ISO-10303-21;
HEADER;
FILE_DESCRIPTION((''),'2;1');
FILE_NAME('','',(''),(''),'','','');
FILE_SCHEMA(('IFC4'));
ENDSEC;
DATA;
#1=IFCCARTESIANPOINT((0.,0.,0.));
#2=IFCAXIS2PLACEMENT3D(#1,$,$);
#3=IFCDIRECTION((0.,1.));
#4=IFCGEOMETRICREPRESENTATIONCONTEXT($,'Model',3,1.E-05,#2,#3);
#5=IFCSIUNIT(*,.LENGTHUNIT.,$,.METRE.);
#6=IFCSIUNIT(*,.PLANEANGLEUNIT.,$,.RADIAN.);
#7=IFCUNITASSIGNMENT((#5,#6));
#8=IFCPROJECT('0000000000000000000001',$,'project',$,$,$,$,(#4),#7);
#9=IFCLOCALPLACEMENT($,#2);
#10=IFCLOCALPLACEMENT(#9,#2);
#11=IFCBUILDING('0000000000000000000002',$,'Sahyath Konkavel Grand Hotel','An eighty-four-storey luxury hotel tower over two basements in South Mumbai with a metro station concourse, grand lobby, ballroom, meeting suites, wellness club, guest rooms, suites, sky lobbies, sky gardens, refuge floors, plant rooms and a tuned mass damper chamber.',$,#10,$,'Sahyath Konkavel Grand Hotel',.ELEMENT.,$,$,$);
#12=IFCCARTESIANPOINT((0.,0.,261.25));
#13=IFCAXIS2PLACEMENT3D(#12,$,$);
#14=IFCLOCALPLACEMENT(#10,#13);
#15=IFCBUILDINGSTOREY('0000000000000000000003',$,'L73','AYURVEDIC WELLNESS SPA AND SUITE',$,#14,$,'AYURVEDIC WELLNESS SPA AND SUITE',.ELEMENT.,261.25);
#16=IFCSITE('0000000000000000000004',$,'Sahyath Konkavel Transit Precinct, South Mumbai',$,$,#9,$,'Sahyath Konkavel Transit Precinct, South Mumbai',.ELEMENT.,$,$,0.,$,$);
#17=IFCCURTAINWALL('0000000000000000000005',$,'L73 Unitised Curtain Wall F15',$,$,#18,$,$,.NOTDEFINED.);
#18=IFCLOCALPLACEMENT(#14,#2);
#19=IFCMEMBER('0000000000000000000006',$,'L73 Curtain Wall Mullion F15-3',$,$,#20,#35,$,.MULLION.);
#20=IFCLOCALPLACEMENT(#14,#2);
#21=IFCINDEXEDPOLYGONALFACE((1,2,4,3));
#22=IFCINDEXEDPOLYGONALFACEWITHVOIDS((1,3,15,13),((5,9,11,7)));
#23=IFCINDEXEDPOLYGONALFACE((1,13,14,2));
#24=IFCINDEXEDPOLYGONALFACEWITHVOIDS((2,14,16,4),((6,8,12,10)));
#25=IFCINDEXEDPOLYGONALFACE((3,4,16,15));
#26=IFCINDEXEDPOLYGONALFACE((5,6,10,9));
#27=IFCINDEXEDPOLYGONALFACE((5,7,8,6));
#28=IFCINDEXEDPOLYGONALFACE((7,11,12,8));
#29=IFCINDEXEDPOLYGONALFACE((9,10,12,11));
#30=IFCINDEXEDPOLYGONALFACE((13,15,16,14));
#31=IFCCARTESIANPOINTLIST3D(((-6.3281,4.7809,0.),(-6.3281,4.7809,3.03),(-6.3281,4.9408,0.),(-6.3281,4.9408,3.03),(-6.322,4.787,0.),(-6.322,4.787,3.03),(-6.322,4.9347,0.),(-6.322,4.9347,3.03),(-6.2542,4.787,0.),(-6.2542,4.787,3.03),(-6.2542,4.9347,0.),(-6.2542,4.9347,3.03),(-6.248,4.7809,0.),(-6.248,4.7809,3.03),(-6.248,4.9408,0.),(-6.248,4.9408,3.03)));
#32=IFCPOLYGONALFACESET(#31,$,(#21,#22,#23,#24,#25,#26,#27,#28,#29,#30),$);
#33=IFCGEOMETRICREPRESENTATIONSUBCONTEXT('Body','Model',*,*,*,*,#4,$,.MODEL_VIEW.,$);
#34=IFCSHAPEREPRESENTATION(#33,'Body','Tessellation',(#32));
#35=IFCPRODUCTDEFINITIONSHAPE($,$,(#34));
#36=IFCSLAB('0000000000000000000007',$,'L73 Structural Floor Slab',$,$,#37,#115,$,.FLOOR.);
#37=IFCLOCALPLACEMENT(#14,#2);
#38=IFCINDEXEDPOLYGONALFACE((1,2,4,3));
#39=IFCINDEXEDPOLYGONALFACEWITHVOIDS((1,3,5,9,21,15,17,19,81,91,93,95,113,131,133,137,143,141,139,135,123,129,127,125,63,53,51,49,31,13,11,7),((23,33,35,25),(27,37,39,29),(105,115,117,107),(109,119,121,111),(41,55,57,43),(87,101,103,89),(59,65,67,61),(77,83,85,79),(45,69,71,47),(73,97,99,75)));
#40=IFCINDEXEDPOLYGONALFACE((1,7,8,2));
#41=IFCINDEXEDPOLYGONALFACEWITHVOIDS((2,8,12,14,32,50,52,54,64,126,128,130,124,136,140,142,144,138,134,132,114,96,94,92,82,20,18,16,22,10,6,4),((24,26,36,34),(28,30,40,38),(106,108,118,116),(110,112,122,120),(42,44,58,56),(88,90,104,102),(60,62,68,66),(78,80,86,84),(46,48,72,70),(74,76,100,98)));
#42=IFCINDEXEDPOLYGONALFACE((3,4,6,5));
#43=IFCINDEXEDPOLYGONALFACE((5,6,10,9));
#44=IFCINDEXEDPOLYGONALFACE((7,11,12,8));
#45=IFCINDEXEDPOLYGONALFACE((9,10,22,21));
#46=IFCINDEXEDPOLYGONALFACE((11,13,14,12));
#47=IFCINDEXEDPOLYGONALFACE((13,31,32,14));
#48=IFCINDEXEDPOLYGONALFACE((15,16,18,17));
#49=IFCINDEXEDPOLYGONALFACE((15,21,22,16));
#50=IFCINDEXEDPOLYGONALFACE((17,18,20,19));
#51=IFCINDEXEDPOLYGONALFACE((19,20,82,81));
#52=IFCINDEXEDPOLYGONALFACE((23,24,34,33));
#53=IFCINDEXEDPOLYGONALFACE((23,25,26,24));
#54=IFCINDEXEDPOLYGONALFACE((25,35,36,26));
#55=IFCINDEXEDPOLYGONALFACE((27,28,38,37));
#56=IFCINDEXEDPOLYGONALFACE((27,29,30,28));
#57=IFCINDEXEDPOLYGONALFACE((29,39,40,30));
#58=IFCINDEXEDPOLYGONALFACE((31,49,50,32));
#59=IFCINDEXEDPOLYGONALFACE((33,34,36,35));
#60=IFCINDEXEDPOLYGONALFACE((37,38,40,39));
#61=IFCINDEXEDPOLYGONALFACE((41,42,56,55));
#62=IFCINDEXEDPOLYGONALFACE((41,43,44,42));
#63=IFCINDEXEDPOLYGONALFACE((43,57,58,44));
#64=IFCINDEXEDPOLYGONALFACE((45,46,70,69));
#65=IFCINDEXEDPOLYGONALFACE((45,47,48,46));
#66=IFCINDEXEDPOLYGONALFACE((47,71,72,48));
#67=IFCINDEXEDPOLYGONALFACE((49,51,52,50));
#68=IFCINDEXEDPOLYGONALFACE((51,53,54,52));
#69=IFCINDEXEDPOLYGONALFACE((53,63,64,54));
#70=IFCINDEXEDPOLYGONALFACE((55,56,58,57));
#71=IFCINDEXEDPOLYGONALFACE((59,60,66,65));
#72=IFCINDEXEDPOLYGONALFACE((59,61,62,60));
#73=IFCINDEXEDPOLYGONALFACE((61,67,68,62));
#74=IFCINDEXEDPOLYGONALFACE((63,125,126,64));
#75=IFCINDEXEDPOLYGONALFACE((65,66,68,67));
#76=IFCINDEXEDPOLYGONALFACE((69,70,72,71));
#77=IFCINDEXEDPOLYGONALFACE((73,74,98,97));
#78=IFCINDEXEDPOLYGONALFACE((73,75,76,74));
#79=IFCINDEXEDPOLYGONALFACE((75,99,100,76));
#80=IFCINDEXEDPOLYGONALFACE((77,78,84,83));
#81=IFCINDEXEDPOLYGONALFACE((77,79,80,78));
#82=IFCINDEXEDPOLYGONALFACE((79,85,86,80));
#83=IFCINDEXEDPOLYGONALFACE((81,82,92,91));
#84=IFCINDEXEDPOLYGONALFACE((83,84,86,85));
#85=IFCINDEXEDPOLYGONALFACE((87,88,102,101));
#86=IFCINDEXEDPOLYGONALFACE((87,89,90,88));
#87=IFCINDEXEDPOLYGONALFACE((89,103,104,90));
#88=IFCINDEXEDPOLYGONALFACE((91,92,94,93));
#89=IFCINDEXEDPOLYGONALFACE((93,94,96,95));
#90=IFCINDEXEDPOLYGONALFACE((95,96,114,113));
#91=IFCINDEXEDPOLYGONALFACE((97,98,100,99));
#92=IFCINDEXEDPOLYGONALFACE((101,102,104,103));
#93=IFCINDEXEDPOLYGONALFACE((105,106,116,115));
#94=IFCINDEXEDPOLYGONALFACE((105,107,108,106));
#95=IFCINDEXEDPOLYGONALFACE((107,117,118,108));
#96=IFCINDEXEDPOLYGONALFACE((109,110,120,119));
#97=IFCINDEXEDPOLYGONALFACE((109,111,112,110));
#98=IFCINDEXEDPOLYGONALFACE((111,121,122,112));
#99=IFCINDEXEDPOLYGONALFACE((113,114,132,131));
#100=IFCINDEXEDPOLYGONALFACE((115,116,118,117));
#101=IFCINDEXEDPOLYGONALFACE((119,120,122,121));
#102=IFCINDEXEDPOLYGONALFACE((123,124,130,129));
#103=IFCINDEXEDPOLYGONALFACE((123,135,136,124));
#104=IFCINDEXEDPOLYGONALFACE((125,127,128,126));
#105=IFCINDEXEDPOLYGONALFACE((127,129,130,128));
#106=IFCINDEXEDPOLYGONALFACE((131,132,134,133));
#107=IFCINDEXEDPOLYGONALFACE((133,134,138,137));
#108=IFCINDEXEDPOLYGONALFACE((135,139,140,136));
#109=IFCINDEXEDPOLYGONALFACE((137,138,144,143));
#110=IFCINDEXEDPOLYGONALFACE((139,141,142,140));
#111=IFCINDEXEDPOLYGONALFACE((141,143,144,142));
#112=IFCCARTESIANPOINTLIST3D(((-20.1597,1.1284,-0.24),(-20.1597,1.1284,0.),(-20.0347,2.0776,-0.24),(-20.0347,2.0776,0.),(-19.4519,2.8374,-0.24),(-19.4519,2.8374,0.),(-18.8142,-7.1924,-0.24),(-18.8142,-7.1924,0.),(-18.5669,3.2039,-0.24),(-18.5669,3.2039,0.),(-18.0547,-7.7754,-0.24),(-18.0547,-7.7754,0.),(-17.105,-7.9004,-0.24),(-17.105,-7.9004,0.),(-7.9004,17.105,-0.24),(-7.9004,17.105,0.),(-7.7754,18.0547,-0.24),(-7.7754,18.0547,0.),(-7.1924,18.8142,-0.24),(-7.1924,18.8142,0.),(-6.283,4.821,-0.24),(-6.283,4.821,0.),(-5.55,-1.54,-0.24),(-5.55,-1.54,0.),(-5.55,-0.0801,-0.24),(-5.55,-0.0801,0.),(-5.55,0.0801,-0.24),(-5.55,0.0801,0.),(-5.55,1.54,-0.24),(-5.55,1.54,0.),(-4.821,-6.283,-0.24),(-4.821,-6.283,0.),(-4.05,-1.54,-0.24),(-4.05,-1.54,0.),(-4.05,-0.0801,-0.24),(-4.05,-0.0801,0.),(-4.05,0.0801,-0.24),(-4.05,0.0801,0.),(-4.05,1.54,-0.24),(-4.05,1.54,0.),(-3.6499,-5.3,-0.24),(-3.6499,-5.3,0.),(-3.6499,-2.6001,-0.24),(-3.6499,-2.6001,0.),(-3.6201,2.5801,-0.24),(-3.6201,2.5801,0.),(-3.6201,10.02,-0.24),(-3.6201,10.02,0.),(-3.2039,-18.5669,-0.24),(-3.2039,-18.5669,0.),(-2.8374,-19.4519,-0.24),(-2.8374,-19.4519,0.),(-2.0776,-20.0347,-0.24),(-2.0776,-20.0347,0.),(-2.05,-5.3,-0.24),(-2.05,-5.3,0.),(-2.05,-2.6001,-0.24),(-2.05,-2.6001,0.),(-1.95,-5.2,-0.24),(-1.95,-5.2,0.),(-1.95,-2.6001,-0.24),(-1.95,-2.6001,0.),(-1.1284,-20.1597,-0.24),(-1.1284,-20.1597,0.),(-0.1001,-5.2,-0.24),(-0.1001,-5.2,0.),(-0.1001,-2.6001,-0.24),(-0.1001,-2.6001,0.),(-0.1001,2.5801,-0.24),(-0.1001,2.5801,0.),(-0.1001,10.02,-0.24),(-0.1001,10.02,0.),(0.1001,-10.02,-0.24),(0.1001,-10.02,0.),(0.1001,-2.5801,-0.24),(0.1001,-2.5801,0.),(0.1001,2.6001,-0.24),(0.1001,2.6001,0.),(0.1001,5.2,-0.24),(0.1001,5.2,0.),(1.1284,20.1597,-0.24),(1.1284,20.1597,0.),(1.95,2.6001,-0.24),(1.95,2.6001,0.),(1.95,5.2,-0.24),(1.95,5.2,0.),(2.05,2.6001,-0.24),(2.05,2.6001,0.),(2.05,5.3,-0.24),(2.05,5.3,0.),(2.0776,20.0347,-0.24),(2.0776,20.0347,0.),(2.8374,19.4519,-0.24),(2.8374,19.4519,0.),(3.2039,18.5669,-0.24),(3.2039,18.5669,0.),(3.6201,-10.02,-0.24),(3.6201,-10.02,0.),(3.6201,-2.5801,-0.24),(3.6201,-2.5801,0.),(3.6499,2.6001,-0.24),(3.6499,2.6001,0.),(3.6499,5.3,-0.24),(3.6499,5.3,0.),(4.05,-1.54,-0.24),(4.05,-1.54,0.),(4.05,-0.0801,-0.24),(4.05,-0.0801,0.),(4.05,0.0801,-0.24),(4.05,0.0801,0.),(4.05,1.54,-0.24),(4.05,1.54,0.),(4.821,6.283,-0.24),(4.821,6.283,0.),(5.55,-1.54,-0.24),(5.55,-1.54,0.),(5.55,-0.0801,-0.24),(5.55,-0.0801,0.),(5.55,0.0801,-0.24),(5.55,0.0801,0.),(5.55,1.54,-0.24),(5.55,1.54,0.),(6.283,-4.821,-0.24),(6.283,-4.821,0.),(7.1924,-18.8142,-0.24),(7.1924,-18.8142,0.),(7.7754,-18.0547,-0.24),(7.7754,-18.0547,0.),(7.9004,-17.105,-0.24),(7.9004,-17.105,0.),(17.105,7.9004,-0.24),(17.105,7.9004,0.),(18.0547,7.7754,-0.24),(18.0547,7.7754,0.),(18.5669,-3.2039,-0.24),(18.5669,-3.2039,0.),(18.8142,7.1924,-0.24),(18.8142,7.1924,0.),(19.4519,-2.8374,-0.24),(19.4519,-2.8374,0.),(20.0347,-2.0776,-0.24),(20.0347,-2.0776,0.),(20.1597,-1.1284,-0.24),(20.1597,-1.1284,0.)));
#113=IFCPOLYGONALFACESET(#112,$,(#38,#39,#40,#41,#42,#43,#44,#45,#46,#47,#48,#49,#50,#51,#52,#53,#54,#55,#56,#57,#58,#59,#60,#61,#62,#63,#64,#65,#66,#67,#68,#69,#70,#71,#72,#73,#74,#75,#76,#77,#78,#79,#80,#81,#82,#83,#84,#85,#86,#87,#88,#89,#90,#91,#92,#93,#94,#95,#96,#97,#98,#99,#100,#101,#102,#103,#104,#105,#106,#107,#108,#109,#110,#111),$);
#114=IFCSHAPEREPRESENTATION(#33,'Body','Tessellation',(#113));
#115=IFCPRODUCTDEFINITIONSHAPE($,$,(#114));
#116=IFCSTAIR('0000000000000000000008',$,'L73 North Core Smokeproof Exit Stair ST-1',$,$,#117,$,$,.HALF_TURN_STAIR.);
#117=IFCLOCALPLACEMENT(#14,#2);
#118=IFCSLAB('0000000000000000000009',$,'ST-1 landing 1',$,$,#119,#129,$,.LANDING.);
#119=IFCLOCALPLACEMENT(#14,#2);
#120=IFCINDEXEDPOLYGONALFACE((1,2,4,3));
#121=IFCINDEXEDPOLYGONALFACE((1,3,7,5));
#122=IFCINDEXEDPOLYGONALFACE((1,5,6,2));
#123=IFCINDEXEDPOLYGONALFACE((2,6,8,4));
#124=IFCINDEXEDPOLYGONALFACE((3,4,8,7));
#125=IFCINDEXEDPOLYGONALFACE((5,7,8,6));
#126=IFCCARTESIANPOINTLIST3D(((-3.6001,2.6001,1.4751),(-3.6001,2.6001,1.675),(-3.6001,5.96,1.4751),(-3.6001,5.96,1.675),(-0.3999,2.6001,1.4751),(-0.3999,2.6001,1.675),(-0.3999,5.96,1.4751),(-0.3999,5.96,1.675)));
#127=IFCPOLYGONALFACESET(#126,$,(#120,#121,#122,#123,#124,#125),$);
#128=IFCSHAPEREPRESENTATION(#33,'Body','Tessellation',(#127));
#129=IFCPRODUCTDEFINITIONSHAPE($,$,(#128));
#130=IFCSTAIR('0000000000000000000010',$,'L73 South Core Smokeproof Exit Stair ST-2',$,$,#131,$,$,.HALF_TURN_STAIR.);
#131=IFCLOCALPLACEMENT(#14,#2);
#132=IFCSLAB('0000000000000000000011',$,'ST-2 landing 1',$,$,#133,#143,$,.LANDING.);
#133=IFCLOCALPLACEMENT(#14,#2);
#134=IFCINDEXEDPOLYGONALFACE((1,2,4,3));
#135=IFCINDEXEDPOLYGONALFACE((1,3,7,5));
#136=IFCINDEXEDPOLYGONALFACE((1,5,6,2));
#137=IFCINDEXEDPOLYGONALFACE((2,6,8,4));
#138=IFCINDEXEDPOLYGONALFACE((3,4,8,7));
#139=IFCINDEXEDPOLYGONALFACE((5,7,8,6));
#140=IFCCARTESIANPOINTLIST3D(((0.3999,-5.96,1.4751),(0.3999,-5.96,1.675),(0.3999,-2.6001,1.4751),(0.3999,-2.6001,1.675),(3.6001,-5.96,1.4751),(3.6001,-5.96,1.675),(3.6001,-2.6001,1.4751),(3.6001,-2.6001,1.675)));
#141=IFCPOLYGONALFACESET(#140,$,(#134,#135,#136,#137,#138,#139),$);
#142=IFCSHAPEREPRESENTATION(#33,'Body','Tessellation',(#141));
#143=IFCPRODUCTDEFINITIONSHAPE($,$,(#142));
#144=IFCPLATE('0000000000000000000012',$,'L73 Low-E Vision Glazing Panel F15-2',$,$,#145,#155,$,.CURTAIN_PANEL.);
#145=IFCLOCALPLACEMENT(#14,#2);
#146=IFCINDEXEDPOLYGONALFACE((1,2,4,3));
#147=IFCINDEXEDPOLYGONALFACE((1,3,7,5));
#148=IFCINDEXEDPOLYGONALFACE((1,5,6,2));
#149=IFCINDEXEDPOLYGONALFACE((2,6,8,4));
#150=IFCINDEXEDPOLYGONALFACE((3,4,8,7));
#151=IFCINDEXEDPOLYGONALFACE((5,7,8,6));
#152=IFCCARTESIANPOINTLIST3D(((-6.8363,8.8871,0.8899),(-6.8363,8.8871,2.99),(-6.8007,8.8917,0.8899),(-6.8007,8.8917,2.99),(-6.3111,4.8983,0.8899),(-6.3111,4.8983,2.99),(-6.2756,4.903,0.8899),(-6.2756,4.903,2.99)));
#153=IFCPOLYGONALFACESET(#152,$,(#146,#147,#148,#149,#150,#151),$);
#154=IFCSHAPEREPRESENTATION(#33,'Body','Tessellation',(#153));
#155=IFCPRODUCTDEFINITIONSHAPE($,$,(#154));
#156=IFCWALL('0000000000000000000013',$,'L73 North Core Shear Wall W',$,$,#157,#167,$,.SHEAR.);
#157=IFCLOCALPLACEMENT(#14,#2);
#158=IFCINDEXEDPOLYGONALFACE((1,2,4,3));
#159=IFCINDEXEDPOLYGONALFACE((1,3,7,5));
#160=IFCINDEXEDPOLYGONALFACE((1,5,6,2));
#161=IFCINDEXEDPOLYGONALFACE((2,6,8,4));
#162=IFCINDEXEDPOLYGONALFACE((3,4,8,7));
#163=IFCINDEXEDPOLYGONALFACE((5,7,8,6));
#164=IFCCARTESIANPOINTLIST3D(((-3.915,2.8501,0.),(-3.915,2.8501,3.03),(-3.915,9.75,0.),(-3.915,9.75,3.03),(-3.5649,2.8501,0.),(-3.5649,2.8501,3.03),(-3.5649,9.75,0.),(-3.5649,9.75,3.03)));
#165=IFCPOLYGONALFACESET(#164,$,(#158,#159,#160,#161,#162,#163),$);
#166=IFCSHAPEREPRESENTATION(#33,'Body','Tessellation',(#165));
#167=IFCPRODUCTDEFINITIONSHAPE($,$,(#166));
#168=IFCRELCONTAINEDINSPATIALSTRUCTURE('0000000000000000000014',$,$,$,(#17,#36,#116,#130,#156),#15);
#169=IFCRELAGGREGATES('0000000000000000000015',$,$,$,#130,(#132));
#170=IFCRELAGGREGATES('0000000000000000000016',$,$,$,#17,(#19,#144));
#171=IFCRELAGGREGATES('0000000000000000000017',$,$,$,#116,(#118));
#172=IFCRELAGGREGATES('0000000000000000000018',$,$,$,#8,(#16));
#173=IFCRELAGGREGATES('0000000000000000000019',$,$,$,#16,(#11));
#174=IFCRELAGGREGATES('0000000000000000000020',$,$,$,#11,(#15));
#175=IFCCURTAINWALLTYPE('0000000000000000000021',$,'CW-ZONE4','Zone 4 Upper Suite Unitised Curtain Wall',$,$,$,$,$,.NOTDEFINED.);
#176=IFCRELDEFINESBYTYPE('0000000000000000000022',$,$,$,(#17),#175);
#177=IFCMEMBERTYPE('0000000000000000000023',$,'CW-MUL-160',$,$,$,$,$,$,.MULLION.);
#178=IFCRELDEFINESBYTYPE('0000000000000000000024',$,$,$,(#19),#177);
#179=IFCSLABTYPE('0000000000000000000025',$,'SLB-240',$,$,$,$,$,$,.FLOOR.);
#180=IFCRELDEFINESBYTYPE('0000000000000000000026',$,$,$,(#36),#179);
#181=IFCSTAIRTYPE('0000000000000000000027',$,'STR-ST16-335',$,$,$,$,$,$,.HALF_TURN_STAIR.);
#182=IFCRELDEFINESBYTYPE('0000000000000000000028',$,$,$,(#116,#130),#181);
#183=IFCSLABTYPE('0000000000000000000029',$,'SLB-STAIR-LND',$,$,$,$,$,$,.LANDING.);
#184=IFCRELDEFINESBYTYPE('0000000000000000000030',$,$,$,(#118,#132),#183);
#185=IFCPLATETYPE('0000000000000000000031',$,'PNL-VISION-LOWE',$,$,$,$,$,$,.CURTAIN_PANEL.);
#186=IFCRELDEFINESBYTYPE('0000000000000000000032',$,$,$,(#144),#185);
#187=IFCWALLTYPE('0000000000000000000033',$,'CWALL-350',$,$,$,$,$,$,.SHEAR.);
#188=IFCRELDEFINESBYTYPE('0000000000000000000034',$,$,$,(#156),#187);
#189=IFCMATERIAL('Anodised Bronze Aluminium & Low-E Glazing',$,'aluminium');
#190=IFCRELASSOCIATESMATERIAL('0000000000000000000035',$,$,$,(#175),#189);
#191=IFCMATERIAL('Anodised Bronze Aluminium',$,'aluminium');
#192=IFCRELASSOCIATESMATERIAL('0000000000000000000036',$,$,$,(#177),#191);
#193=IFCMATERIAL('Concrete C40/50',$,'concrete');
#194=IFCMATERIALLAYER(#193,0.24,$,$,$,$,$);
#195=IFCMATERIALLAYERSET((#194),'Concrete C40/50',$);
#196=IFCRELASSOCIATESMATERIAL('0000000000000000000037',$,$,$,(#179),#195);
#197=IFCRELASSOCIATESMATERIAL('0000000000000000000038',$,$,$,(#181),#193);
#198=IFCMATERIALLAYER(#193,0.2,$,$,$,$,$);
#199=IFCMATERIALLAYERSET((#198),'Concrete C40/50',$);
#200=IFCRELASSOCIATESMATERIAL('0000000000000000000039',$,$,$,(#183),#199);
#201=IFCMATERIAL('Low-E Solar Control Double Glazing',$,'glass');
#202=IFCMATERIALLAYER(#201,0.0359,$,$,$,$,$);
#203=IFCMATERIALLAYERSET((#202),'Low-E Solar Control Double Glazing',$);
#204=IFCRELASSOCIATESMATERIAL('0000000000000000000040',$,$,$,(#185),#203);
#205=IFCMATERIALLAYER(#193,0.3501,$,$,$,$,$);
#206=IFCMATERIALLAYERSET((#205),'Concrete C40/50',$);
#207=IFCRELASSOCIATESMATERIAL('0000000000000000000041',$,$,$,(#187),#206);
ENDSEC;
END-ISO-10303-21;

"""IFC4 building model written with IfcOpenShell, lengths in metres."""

from ifc_helpers import new_model, si_unit, direction, frame, frame_2d, origin, origin_2d, place, context, subcontext, project, spatial, polyline, rectangle, hollow_rectangle, outline, extrude, source, transform, mapped, material, layer, layer_set, material_profile, profile_set, type_object, element, aggregate, save


model = new_model("IFC4")

# Units and contexts
model_context = context("Model", 3, precision=1e-05, world=origin(), true_north=direction((0.0, 1.0)))
body_context = subcontext(model_context, "Body", "Model", "MODEL_VIEW")
ifc_project = project(units=[si_unit("LENGTHUNIT", "METRE"), si_unit("PLANEANGLEUNIT", "RADIAN")], contexts=[model_context])

# Site, building, storey
site_placement = place(None, origin())
site = spatial("IfcSite", under=ifc_project, at=site_placement, Name="Sahyath Konkavel Transit Precinct, South Mumbai", LongName="Sahyath Konkavel Transit Precinct, South Mumbai", CompositionType="ELEMENT", RefElevation=0.0)
building_placement = place(site_placement, origin())
building = spatial("IfcBuilding", under=site, at=building_placement, Name="Sahyath Konkavel Grand Hotel", Description="An eighty-four-storey luxury hotel tower over two basements in South Mumbai with a metro station concourse, grand lobby, ballroom, meeting suites, wellness club, guest rooms, suites, sky lobbies, sky gardens, refuge floors, plant rooms and a tuned mass damper chamber.", LongName="Sahyath Konkavel Grand Hotel", CompositionType="ELEMENT")
storey_placement = place(building_placement, frame((0.0, 0.0, 261.25)))
storey = spatial("IfcBuildingStorey", under=building, at=storey_placement, Name="L73", Description="AYURVEDIC WELLNESS SPA AND SUITE", LongName="AYURVEDIC WELLNESS SPA AND SUITE", CompositionType="ELEMENT", Elevation=261.25)

# Shared definitions
ifc_material_1 = material(Name="Concrete C40/50", Category="concrete")

# Curtain wall, member
ifc_material_2 = material(Name="Anodised Bronze Aluminium & Low-E Glazing", Category="aluminium")
curtain_wall_type = type_object("IfcCurtainWallType", Name="CW-ZONE4", Description="Zone 4 Upper Suite Unitised Curtain Wall", PredefinedType="NOTDEFINED", material=ifc_material_2)
curtain_wall_placement = place(storey_placement, origin())
curtain_wall = element("IfcCurtainWall", 1, at=curtain_wall_placement, inside=storey, type_object=curtain_wall_type, Name="L73 Unitised Curtain Wall F15", PredefinedType="NOTDEFINED")
ifc_material_3 = material(Name="Anodised Bronze Aluminium", Category="aluminium")
ifc_material_profile_1 = material_profile(ifc_material_3, hollow_rectangle(XDim=0.0801, YDim=0.1599, WallThickness=0.0061, at=origin_2d()), Name="RHS 160x80x6")
ifc_profile_set_1 = profile_set([ifc_material_profile_1], Name="Anodised Bronze Aluminium")
member_type = type_object("IfcMemberType", Name="CW-MUL-160", PredefinedType="MULLION", material=ifc_profile_set_1)
shared_shape_1 = source(origin(), body_context, "Body", "SweptSolid", [
    extrude(hollow_rectangle(XDim=0.0801, YDim=0.1599, WallThickness=0.0061, at=origin_2d()), origin(), (0.0, 0.0, 1.0), 3.03),
])
member_placement = place(storey_placement, frame((-6.2881, 4.8608, 0.0), z_axis=(0.0, 0.0, 1.0), x_axis=(1.0, 0.0, 0.0)))
member = element("IfcMember", 2, at=member_placement, type_object=member_type, Name="L73 Curtain Wall Mullion F15-3", PredefinedType="MULLION", context=body_context, shape_type="MappedRepresentation", body=[
    mapped(shared_shape_1, transform((0.0, 0.0, 0.0), scale=1.0)),
])

# Slab
ifc_layer_1 = layer(ifc_material_1, 0.24)
ifc_layer_set_1 = layer_set([ifc_layer_1], Name="Concrete C40/50")
slab_type_1 = type_object("IfcSlabType", Name="SLB-240", PredefinedType="FLOOR", material=ifc_layer_set_1)
slab_1_placement = place(storey_placement, frame((0.0, 0.0, -0.24)))
element("IfcSlab", 3, at=slab_1_placement, inside=storey, type_object=slab_type_1, Name="L73 Structural Floor Slab", PredefinedType="FLOOR", context=body_context, shape_type="SweptSolid", body=[
    extrude(outline(polyline([(6.283, -4.821), (18.5669, -3.2039), (19.4519, -2.8374), (20.0347, -2.0776), (20.1597, -1.1284), (18.8142, 7.1924), (18.0547, 7.7754), (17.105, 7.9004), (4.821, 6.283), (3.2039, 18.5669), (2.8374, 19.4519), (2.0776, 20.0347), (1.1284, 20.1597), (-7.1924, 18.8142), (-7.7754, 18.0547), (-7.9004, 17.105), (-6.283, 4.821), (-18.5669, 3.2039), (-19.4519, 2.8374), (-20.0347, 2.0776), (-20.1597, 1.1284), (-18.8142, -7.1924), (-18.0547, -7.7754), (-17.105, -7.9004), (-4.821, -6.283), (-3.2039, -18.5669), (-2.8374, -19.4519), (-2.0776, -20.0347), (-1.1284, -20.1597), (7.1924, -18.8142), (7.7754, -18.0547), (7.9004, -17.105), (6.283, -4.821)]), holes=[polyline([(-3.6201, 2.5801), (-0.1001, 2.5801), (-0.1001, 10.02), (-3.6201, 10.02), (-3.6201, 2.5801)]), polyline([(0.1001, -10.02), (3.6201, -10.02), (3.6201, -2.5801), (0.1001, -2.5801), (0.1001, -10.02)]), polyline([(0.1001, 2.6001), (1.95, 2.6001), (1.95, 5.2), (0.1001, 5.2), (0.1001, 2.6001)]), polyline([(-1.95, -5.2), (-0.1001, -5.2), (-0.1001, -2.6001), (-1.95, -2.6001), (-1.95, -5.2)]), polyline([(2.05, 2.6001), (3.6499, 2.6001), (3.6499, 5.3), (2.05, 5.3), (2.05, 2.6001)]), polyline([(-3.6499, -5.3), (-2.05, -5.3), (-2.05, -2.6001), (-3.6499, -2.6001), (-3.6499, -5.3)]), polyline([(4.05, 0.0801), (5.55, 0.0801), (5.55, 1.54), (4.05, 1.54), (4.05, 0.0801)]), polyline([(4.05, -1.54), (5.55, -1.54), (5.55, -0.0801), (4.05, -0.0801), (4.05, -1.54)]), polyline([(-5.55, 0.0801), (-4.05, 0.0801), (-4.05, 1.54), (-5.55, 1.54), (-5.55, 0.0801)]), polyline([(-5.55, -1.54), (-4.05, -1.54), (-4.05, -0.0801), (-5.55, -0.0801), (-5.55, -1.54)])]), origin(), (0.0, 0.0, 1.0), 0.24),
])

# Stairs, slabs
stair_type = type_object("IfcStairType", Name="STR-ST16-335", PredefinedType="HALF_TURN_STAIR", material=ifc_material_1)
stair_1_placement = place(storey_placement, origin())
stair_1 = element("IfcStair", 4, at=stair_1_placement, inside=storey, type_object=stair_type, Name="L73 North Core Smokeproof Exit Stair ST-1", PredefinedType="HALF_TURN_STAIR")
ifc_layer_2 = layer(ifc_material_1, 0.2)
ifc_layer_set_2 = layer_set([ifc_layer_2], Name="Concrete C40/50")
slab_type_2 = type_object("IfcSlabType", Name="SLB-STAIR-LND", PredefinedType="LANDING", material=ifc_layer_set_2)
slab_2_placement = place(storey_placement, frame((0.0, 0.0, 1.4751)))
slab_2 = element("IfcSlab", 5, at=slab_2_placement, type_object=slab_type_2, Name="ST-1 landing 1", PredefinedType="LANDING", context=body_context, shape_type="SweptSolid", body=[
    extrude(outline(polyline([(-3.6001, 5.96), (-3.6001, 2.6001), (-0.3999, 2.6001), (-0.3999, 5.96), (-3.6001, 5.96)])), origin(), (0.0, 0.0, 1.0), 0.2),
])
stair_2_placement = place(storey_placement, origin())
stair_2 = element("IfcStair", 6, at=stair_2_placement, inside=storey, type_object=stair_type, Name="L73 South Core Smokeproof Exit Stair ST-2", PredefinedType="HALF_TURN_STAIR")
slab_3_placement = place(storey_placement, frame((0.0, 0.0, 1.4751)))
slab_3 = element("IfcSlab", 7, at=slab_3_placement, type_object=slab_type_2, Name="ST-2 landing 1", PredefinedType="LANDING", context=body_context, shape_type="SweptSolid", body=[
    extrude(outline(polyline([(3.6001, -5.96), (3.6001, -2.6001), (0.3999, -2.6001), (0.3999, -5.96), (3.6001, -5.96)])), origin(), (0.0, 0.0, 1.0), 0.2),
])
aggregate(stair_2, [slab_3])

# Plate
ifc_material_4 = material(Name="Low-E Solar Control Double Glazing", Category="glass")
ifc_layer_3 = layer(ifc_material_4, 0.0359)
ifc_layer_set_3 = layer_set([ifc_layer_3], Name="Low-E Solar Control Double Glazing")
plate_type = type_object("IfcPlateType", Name="PNL-VISION-LOWE", PredefinedType="CURTAIN_PANEL", material=ifc_layer_set_3)
shared_shape_2 = source(origin(), body_context, "Body", "SweptSolid", [
    extrude(rectangle(XDim=4.0232, YDim=0.0359, at=origin_2d()), origin(), (0.0, 0.0, 1.0), 2.1001),
])
plate_placement = place(storey_placement, frame((-6.5559, 6.895, 0.8899), z_axis=(0.0, 0.0, 1.0), x_axis=(0.130526, -0.991445, 0.0)))
plate = element("IfcPlate", 8, at=plate_placement, type_object=plate_type, Name="L73 Low-E Vision Glazing Panel F15-2", PredefinedType="CURTAIN_PANEL", context=body_context, shape_type="MappedRepresentation", body=[
    mapped(shared_shape_2, transform((0.0, 0.0, 0.0), scale=1.0)),
])
aggregate(curtain_wall, [member, plate])

# Wall
ifc_layer_4 = layer(ifc_material_1, 0.3501)
ifc_layer_set_4 = layer_set([ifc_layer_4], Name="Concrete C40/50")
wall_type_1 = type_object("IfcWallType", Name="CWALL-350", PredefinedType="SHEAR", material=ifc_layer_set_4)
wall_1_placement = place(storey_placement, frame((-3.74, 2.8501, 0.0), z_axis=(0.0, 0.0, 1.0), x_axis=(0.0, 1.0, 0.0)))
element("IfcWall", 9, at=wall_1_placement, inside=storey, type_object=wall_type_1, Name="L73 North Core Shear Wall W", PredefinedType="SHEAR", context=body_context, shape_type="SweptSolid", body=[
    extrude(rectangle(XDim=6.8999, YDim=0.3501, at=frame_2d((3.45, 0.0))), origin(), (0.0, 0.0, 1.0), 3.03),
])

aggregate(stair_1, [slab_2])

save(model, "model.ifc")
